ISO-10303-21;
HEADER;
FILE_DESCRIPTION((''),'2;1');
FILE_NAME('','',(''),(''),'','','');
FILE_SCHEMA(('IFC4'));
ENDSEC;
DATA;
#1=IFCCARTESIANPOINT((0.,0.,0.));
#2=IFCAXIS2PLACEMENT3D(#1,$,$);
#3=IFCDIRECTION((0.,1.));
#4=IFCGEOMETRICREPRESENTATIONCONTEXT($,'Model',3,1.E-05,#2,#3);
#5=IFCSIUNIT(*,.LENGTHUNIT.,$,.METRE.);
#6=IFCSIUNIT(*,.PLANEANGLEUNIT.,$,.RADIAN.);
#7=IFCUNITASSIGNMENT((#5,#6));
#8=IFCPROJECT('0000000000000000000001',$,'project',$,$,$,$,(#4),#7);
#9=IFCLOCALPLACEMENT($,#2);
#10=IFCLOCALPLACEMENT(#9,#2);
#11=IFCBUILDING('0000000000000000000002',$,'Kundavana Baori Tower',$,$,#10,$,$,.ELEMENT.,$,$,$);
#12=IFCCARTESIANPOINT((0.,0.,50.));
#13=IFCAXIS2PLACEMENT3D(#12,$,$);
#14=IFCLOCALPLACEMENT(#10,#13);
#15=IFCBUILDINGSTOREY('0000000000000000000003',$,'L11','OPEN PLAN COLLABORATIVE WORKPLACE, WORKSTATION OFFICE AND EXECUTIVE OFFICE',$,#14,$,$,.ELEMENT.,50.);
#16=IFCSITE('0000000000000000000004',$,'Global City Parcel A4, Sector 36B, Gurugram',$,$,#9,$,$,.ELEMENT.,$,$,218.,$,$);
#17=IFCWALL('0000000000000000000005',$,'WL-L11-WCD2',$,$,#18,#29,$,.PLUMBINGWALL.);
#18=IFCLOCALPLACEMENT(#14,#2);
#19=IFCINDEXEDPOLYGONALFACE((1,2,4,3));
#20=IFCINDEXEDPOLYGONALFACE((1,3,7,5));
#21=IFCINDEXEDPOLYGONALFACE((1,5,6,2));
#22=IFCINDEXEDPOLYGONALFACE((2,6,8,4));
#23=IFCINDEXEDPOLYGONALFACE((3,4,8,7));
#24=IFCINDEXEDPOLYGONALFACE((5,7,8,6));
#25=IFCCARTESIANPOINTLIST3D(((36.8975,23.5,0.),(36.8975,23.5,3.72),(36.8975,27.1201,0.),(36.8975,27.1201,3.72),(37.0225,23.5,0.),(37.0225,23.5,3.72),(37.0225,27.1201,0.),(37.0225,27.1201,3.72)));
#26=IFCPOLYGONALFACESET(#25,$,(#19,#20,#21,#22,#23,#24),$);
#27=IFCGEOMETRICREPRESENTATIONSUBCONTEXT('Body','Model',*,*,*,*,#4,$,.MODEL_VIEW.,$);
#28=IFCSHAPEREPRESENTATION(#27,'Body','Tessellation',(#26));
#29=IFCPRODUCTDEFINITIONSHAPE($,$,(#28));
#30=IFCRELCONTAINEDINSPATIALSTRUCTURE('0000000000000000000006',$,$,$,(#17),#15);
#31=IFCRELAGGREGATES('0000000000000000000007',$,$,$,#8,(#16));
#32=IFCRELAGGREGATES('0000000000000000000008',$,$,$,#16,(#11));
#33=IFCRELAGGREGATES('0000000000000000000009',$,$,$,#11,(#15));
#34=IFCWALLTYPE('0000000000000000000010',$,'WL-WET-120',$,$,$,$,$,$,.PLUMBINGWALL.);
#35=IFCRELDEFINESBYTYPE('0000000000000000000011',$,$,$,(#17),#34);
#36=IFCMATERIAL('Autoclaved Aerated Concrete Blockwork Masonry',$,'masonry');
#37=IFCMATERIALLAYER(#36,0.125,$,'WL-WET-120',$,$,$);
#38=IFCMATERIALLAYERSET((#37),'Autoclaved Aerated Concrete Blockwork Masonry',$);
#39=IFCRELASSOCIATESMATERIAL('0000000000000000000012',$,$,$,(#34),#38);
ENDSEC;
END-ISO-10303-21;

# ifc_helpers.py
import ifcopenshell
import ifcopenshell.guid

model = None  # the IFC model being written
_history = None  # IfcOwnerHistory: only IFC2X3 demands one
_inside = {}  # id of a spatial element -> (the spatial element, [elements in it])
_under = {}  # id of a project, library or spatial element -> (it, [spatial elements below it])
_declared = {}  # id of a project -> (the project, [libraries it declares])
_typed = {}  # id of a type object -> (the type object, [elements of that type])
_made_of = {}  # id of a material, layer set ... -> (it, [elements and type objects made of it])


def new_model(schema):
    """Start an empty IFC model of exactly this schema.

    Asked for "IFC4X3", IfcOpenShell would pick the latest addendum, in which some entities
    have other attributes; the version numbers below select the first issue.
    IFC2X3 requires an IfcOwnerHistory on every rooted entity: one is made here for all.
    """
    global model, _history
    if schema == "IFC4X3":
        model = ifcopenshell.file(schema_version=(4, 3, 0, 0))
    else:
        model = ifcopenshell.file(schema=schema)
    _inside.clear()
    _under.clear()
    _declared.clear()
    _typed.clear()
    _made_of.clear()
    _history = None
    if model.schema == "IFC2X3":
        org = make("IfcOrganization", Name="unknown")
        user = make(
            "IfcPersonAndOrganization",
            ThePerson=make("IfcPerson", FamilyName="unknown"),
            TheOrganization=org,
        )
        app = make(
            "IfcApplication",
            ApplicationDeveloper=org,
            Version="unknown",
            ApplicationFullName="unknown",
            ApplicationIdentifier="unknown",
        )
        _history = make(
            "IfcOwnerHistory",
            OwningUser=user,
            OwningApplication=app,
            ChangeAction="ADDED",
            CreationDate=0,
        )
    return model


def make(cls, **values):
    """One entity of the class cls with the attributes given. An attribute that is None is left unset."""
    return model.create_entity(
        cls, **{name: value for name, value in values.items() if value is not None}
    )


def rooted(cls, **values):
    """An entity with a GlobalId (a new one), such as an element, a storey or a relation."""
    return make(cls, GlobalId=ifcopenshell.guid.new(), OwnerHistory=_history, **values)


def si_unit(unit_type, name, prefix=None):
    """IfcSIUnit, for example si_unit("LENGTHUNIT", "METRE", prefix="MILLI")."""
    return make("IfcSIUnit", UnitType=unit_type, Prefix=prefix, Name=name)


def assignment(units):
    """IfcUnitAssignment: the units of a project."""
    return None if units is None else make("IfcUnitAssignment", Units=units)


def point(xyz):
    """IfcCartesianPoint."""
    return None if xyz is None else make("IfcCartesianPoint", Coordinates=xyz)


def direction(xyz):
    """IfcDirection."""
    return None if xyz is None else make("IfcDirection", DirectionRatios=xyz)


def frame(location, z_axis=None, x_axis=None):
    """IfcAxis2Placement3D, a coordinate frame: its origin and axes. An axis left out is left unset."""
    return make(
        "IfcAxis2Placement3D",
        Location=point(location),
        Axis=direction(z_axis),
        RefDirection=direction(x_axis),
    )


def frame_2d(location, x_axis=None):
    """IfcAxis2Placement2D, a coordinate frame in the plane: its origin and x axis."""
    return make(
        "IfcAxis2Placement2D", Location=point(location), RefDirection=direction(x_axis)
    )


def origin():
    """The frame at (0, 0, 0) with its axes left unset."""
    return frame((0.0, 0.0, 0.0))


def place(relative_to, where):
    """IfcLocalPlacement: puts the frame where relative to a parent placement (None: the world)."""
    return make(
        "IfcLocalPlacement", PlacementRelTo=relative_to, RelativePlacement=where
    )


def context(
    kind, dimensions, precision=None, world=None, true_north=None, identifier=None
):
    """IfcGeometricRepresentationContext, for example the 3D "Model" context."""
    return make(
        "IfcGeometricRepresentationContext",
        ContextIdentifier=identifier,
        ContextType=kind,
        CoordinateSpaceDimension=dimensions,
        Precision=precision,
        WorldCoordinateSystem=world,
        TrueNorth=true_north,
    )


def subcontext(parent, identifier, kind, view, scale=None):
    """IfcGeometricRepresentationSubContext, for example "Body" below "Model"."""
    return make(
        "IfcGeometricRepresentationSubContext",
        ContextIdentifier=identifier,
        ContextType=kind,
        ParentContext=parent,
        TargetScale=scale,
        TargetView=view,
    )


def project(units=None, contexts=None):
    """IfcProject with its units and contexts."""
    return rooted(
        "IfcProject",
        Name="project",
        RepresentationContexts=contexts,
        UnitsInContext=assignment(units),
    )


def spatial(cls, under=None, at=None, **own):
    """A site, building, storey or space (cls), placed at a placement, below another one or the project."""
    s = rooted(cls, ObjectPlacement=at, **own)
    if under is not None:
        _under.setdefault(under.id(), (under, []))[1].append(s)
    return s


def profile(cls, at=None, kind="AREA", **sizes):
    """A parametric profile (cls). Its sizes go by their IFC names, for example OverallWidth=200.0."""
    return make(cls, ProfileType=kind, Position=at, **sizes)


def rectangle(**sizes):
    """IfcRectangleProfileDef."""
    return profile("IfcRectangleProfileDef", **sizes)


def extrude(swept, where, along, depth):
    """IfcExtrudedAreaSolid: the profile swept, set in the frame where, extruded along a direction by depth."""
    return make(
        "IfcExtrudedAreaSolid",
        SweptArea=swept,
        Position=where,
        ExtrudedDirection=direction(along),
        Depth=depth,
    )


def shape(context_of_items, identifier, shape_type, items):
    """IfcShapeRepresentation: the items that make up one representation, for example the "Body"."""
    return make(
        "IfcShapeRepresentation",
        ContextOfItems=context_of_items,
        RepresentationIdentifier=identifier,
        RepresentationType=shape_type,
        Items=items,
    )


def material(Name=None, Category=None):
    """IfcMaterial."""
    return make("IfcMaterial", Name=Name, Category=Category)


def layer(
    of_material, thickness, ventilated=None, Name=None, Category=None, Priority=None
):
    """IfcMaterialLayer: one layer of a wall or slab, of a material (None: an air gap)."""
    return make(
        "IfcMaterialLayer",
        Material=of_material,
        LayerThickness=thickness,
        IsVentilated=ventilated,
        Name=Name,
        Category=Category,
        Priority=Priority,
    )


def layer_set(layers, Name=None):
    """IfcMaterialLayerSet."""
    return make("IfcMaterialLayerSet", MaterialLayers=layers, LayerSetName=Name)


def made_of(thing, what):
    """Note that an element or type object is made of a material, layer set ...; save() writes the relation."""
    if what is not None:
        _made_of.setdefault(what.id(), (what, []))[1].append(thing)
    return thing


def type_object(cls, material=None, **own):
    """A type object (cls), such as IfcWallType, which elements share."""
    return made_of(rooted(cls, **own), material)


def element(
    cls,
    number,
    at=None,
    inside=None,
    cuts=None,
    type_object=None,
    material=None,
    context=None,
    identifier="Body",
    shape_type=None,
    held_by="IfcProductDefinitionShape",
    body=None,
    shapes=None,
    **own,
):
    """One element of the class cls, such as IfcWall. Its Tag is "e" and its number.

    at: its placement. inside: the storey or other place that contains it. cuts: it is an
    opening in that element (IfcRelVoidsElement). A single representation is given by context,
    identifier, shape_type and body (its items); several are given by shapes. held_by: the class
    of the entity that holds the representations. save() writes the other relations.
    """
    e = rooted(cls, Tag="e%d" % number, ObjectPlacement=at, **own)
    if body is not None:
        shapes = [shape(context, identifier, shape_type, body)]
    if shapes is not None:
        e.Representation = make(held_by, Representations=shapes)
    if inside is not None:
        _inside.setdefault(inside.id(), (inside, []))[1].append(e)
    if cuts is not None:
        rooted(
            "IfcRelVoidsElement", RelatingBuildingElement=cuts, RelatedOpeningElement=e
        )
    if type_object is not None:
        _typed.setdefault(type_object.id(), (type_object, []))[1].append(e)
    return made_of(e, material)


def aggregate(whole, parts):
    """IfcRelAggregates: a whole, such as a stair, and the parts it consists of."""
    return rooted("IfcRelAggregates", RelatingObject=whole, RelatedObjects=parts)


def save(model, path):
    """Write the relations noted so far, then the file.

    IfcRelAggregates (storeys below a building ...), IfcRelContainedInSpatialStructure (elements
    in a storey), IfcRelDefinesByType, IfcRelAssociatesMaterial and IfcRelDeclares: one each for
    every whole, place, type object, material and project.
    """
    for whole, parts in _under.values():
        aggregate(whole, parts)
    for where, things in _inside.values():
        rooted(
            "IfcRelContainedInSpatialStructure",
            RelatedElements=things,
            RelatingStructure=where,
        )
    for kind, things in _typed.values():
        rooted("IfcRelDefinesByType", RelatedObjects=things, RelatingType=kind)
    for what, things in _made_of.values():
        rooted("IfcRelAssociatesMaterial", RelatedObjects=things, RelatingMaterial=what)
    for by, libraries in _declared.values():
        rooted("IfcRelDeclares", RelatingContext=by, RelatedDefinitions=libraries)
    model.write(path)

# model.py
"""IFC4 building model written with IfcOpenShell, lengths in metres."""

from ifc_helpers import new_model, si_unit, direction, frame, frame_2d, origin, place, context, subcontext, project, spatial, rectangle, extrude, material, layer, layer_set, type_object, element, save


model = new_model("IFC4")

# Units and contexts
model_context = context("Model", 3, precision=1e-05, world=origin(), true_north=direction((0.0, 1.0)))
body_context = subcontext(model_context, "Body", "Model", "MODEL_VIEW")
ifc_project = project(units=[si_unit("LENGTHUNIT", "METRE"), si_unit("PLANEANGLEUNIT", "RADIAN")], contexts=[model_context])

# Site, building, storey
site_placement = place(None, origin())
site = spatial("IfcSite", under=ifc_project, at=site_placement, Name="Global City Parcel A4, Sector 36B, Gurugram", CompositionType="ELEMENT", RefElevation=218.0)
building_placement = place(site_placement, origin())
building = spatial("IfcBuilding", under=site, at=building_placement, Name="Kundavana Baori Tower", CompositionType="ELEMENT")
storey_placement = place(building_placement, frame((0.0, 0.0, 50.0)))
storey = spatial("IfcBuildingStorey", under=building, at=storey_placement, Name="L11", Description="OPEN PLAN COLLABORATIVE WORKPLACE, WORKSTATION OFFICE AND EXECUTIVE OFFICE", CompositionType="ELEMENT", Elevation=50.0)

# Wall
ifc_material_1 = material(Name="Autoclaved Aerated Concrete Blockwork Masonry", Category="masonry")
ifc_layer_1 = layer(ifc_material_1, 0.125, Name="WL-WET-120")
ifc_layer_set_1 = layer_set([ifc_layer_1], Name="Autoclaved Aerated Concrete Blockwork Masonry")
wall_type_1 = type_object("IfcWallType", Name="WL-WET-120", PredefinedType="PLUMBINGWALL", material=ifc_layer_set_1)
for number, where, z_axis, x_axis, name in (
    (1, (36.96, 23.5, 0.0), (0.0, 0.0, 1.0), (0.0, 1.0, 0.0), "WL-L11-WCD2"),
):
    element("IfcWall", number, at=place(storey_placement, frame(where, z_axis=z_axis, x_axis=x_axis)), inside=storey, type_object=wall_type_1, Name=name, PredefinedType="PLUMBINGWALL", context=body_context, shape_type="SweptSolid", body=[
        extrude(rectangle(XDim=3.6201, YDim=0.125, at=frame_2d((1.8101, 0.0))), origin(), (0.0, 0.0, 1.0), 3.72),
    ])

save(model, "model.ifc")
